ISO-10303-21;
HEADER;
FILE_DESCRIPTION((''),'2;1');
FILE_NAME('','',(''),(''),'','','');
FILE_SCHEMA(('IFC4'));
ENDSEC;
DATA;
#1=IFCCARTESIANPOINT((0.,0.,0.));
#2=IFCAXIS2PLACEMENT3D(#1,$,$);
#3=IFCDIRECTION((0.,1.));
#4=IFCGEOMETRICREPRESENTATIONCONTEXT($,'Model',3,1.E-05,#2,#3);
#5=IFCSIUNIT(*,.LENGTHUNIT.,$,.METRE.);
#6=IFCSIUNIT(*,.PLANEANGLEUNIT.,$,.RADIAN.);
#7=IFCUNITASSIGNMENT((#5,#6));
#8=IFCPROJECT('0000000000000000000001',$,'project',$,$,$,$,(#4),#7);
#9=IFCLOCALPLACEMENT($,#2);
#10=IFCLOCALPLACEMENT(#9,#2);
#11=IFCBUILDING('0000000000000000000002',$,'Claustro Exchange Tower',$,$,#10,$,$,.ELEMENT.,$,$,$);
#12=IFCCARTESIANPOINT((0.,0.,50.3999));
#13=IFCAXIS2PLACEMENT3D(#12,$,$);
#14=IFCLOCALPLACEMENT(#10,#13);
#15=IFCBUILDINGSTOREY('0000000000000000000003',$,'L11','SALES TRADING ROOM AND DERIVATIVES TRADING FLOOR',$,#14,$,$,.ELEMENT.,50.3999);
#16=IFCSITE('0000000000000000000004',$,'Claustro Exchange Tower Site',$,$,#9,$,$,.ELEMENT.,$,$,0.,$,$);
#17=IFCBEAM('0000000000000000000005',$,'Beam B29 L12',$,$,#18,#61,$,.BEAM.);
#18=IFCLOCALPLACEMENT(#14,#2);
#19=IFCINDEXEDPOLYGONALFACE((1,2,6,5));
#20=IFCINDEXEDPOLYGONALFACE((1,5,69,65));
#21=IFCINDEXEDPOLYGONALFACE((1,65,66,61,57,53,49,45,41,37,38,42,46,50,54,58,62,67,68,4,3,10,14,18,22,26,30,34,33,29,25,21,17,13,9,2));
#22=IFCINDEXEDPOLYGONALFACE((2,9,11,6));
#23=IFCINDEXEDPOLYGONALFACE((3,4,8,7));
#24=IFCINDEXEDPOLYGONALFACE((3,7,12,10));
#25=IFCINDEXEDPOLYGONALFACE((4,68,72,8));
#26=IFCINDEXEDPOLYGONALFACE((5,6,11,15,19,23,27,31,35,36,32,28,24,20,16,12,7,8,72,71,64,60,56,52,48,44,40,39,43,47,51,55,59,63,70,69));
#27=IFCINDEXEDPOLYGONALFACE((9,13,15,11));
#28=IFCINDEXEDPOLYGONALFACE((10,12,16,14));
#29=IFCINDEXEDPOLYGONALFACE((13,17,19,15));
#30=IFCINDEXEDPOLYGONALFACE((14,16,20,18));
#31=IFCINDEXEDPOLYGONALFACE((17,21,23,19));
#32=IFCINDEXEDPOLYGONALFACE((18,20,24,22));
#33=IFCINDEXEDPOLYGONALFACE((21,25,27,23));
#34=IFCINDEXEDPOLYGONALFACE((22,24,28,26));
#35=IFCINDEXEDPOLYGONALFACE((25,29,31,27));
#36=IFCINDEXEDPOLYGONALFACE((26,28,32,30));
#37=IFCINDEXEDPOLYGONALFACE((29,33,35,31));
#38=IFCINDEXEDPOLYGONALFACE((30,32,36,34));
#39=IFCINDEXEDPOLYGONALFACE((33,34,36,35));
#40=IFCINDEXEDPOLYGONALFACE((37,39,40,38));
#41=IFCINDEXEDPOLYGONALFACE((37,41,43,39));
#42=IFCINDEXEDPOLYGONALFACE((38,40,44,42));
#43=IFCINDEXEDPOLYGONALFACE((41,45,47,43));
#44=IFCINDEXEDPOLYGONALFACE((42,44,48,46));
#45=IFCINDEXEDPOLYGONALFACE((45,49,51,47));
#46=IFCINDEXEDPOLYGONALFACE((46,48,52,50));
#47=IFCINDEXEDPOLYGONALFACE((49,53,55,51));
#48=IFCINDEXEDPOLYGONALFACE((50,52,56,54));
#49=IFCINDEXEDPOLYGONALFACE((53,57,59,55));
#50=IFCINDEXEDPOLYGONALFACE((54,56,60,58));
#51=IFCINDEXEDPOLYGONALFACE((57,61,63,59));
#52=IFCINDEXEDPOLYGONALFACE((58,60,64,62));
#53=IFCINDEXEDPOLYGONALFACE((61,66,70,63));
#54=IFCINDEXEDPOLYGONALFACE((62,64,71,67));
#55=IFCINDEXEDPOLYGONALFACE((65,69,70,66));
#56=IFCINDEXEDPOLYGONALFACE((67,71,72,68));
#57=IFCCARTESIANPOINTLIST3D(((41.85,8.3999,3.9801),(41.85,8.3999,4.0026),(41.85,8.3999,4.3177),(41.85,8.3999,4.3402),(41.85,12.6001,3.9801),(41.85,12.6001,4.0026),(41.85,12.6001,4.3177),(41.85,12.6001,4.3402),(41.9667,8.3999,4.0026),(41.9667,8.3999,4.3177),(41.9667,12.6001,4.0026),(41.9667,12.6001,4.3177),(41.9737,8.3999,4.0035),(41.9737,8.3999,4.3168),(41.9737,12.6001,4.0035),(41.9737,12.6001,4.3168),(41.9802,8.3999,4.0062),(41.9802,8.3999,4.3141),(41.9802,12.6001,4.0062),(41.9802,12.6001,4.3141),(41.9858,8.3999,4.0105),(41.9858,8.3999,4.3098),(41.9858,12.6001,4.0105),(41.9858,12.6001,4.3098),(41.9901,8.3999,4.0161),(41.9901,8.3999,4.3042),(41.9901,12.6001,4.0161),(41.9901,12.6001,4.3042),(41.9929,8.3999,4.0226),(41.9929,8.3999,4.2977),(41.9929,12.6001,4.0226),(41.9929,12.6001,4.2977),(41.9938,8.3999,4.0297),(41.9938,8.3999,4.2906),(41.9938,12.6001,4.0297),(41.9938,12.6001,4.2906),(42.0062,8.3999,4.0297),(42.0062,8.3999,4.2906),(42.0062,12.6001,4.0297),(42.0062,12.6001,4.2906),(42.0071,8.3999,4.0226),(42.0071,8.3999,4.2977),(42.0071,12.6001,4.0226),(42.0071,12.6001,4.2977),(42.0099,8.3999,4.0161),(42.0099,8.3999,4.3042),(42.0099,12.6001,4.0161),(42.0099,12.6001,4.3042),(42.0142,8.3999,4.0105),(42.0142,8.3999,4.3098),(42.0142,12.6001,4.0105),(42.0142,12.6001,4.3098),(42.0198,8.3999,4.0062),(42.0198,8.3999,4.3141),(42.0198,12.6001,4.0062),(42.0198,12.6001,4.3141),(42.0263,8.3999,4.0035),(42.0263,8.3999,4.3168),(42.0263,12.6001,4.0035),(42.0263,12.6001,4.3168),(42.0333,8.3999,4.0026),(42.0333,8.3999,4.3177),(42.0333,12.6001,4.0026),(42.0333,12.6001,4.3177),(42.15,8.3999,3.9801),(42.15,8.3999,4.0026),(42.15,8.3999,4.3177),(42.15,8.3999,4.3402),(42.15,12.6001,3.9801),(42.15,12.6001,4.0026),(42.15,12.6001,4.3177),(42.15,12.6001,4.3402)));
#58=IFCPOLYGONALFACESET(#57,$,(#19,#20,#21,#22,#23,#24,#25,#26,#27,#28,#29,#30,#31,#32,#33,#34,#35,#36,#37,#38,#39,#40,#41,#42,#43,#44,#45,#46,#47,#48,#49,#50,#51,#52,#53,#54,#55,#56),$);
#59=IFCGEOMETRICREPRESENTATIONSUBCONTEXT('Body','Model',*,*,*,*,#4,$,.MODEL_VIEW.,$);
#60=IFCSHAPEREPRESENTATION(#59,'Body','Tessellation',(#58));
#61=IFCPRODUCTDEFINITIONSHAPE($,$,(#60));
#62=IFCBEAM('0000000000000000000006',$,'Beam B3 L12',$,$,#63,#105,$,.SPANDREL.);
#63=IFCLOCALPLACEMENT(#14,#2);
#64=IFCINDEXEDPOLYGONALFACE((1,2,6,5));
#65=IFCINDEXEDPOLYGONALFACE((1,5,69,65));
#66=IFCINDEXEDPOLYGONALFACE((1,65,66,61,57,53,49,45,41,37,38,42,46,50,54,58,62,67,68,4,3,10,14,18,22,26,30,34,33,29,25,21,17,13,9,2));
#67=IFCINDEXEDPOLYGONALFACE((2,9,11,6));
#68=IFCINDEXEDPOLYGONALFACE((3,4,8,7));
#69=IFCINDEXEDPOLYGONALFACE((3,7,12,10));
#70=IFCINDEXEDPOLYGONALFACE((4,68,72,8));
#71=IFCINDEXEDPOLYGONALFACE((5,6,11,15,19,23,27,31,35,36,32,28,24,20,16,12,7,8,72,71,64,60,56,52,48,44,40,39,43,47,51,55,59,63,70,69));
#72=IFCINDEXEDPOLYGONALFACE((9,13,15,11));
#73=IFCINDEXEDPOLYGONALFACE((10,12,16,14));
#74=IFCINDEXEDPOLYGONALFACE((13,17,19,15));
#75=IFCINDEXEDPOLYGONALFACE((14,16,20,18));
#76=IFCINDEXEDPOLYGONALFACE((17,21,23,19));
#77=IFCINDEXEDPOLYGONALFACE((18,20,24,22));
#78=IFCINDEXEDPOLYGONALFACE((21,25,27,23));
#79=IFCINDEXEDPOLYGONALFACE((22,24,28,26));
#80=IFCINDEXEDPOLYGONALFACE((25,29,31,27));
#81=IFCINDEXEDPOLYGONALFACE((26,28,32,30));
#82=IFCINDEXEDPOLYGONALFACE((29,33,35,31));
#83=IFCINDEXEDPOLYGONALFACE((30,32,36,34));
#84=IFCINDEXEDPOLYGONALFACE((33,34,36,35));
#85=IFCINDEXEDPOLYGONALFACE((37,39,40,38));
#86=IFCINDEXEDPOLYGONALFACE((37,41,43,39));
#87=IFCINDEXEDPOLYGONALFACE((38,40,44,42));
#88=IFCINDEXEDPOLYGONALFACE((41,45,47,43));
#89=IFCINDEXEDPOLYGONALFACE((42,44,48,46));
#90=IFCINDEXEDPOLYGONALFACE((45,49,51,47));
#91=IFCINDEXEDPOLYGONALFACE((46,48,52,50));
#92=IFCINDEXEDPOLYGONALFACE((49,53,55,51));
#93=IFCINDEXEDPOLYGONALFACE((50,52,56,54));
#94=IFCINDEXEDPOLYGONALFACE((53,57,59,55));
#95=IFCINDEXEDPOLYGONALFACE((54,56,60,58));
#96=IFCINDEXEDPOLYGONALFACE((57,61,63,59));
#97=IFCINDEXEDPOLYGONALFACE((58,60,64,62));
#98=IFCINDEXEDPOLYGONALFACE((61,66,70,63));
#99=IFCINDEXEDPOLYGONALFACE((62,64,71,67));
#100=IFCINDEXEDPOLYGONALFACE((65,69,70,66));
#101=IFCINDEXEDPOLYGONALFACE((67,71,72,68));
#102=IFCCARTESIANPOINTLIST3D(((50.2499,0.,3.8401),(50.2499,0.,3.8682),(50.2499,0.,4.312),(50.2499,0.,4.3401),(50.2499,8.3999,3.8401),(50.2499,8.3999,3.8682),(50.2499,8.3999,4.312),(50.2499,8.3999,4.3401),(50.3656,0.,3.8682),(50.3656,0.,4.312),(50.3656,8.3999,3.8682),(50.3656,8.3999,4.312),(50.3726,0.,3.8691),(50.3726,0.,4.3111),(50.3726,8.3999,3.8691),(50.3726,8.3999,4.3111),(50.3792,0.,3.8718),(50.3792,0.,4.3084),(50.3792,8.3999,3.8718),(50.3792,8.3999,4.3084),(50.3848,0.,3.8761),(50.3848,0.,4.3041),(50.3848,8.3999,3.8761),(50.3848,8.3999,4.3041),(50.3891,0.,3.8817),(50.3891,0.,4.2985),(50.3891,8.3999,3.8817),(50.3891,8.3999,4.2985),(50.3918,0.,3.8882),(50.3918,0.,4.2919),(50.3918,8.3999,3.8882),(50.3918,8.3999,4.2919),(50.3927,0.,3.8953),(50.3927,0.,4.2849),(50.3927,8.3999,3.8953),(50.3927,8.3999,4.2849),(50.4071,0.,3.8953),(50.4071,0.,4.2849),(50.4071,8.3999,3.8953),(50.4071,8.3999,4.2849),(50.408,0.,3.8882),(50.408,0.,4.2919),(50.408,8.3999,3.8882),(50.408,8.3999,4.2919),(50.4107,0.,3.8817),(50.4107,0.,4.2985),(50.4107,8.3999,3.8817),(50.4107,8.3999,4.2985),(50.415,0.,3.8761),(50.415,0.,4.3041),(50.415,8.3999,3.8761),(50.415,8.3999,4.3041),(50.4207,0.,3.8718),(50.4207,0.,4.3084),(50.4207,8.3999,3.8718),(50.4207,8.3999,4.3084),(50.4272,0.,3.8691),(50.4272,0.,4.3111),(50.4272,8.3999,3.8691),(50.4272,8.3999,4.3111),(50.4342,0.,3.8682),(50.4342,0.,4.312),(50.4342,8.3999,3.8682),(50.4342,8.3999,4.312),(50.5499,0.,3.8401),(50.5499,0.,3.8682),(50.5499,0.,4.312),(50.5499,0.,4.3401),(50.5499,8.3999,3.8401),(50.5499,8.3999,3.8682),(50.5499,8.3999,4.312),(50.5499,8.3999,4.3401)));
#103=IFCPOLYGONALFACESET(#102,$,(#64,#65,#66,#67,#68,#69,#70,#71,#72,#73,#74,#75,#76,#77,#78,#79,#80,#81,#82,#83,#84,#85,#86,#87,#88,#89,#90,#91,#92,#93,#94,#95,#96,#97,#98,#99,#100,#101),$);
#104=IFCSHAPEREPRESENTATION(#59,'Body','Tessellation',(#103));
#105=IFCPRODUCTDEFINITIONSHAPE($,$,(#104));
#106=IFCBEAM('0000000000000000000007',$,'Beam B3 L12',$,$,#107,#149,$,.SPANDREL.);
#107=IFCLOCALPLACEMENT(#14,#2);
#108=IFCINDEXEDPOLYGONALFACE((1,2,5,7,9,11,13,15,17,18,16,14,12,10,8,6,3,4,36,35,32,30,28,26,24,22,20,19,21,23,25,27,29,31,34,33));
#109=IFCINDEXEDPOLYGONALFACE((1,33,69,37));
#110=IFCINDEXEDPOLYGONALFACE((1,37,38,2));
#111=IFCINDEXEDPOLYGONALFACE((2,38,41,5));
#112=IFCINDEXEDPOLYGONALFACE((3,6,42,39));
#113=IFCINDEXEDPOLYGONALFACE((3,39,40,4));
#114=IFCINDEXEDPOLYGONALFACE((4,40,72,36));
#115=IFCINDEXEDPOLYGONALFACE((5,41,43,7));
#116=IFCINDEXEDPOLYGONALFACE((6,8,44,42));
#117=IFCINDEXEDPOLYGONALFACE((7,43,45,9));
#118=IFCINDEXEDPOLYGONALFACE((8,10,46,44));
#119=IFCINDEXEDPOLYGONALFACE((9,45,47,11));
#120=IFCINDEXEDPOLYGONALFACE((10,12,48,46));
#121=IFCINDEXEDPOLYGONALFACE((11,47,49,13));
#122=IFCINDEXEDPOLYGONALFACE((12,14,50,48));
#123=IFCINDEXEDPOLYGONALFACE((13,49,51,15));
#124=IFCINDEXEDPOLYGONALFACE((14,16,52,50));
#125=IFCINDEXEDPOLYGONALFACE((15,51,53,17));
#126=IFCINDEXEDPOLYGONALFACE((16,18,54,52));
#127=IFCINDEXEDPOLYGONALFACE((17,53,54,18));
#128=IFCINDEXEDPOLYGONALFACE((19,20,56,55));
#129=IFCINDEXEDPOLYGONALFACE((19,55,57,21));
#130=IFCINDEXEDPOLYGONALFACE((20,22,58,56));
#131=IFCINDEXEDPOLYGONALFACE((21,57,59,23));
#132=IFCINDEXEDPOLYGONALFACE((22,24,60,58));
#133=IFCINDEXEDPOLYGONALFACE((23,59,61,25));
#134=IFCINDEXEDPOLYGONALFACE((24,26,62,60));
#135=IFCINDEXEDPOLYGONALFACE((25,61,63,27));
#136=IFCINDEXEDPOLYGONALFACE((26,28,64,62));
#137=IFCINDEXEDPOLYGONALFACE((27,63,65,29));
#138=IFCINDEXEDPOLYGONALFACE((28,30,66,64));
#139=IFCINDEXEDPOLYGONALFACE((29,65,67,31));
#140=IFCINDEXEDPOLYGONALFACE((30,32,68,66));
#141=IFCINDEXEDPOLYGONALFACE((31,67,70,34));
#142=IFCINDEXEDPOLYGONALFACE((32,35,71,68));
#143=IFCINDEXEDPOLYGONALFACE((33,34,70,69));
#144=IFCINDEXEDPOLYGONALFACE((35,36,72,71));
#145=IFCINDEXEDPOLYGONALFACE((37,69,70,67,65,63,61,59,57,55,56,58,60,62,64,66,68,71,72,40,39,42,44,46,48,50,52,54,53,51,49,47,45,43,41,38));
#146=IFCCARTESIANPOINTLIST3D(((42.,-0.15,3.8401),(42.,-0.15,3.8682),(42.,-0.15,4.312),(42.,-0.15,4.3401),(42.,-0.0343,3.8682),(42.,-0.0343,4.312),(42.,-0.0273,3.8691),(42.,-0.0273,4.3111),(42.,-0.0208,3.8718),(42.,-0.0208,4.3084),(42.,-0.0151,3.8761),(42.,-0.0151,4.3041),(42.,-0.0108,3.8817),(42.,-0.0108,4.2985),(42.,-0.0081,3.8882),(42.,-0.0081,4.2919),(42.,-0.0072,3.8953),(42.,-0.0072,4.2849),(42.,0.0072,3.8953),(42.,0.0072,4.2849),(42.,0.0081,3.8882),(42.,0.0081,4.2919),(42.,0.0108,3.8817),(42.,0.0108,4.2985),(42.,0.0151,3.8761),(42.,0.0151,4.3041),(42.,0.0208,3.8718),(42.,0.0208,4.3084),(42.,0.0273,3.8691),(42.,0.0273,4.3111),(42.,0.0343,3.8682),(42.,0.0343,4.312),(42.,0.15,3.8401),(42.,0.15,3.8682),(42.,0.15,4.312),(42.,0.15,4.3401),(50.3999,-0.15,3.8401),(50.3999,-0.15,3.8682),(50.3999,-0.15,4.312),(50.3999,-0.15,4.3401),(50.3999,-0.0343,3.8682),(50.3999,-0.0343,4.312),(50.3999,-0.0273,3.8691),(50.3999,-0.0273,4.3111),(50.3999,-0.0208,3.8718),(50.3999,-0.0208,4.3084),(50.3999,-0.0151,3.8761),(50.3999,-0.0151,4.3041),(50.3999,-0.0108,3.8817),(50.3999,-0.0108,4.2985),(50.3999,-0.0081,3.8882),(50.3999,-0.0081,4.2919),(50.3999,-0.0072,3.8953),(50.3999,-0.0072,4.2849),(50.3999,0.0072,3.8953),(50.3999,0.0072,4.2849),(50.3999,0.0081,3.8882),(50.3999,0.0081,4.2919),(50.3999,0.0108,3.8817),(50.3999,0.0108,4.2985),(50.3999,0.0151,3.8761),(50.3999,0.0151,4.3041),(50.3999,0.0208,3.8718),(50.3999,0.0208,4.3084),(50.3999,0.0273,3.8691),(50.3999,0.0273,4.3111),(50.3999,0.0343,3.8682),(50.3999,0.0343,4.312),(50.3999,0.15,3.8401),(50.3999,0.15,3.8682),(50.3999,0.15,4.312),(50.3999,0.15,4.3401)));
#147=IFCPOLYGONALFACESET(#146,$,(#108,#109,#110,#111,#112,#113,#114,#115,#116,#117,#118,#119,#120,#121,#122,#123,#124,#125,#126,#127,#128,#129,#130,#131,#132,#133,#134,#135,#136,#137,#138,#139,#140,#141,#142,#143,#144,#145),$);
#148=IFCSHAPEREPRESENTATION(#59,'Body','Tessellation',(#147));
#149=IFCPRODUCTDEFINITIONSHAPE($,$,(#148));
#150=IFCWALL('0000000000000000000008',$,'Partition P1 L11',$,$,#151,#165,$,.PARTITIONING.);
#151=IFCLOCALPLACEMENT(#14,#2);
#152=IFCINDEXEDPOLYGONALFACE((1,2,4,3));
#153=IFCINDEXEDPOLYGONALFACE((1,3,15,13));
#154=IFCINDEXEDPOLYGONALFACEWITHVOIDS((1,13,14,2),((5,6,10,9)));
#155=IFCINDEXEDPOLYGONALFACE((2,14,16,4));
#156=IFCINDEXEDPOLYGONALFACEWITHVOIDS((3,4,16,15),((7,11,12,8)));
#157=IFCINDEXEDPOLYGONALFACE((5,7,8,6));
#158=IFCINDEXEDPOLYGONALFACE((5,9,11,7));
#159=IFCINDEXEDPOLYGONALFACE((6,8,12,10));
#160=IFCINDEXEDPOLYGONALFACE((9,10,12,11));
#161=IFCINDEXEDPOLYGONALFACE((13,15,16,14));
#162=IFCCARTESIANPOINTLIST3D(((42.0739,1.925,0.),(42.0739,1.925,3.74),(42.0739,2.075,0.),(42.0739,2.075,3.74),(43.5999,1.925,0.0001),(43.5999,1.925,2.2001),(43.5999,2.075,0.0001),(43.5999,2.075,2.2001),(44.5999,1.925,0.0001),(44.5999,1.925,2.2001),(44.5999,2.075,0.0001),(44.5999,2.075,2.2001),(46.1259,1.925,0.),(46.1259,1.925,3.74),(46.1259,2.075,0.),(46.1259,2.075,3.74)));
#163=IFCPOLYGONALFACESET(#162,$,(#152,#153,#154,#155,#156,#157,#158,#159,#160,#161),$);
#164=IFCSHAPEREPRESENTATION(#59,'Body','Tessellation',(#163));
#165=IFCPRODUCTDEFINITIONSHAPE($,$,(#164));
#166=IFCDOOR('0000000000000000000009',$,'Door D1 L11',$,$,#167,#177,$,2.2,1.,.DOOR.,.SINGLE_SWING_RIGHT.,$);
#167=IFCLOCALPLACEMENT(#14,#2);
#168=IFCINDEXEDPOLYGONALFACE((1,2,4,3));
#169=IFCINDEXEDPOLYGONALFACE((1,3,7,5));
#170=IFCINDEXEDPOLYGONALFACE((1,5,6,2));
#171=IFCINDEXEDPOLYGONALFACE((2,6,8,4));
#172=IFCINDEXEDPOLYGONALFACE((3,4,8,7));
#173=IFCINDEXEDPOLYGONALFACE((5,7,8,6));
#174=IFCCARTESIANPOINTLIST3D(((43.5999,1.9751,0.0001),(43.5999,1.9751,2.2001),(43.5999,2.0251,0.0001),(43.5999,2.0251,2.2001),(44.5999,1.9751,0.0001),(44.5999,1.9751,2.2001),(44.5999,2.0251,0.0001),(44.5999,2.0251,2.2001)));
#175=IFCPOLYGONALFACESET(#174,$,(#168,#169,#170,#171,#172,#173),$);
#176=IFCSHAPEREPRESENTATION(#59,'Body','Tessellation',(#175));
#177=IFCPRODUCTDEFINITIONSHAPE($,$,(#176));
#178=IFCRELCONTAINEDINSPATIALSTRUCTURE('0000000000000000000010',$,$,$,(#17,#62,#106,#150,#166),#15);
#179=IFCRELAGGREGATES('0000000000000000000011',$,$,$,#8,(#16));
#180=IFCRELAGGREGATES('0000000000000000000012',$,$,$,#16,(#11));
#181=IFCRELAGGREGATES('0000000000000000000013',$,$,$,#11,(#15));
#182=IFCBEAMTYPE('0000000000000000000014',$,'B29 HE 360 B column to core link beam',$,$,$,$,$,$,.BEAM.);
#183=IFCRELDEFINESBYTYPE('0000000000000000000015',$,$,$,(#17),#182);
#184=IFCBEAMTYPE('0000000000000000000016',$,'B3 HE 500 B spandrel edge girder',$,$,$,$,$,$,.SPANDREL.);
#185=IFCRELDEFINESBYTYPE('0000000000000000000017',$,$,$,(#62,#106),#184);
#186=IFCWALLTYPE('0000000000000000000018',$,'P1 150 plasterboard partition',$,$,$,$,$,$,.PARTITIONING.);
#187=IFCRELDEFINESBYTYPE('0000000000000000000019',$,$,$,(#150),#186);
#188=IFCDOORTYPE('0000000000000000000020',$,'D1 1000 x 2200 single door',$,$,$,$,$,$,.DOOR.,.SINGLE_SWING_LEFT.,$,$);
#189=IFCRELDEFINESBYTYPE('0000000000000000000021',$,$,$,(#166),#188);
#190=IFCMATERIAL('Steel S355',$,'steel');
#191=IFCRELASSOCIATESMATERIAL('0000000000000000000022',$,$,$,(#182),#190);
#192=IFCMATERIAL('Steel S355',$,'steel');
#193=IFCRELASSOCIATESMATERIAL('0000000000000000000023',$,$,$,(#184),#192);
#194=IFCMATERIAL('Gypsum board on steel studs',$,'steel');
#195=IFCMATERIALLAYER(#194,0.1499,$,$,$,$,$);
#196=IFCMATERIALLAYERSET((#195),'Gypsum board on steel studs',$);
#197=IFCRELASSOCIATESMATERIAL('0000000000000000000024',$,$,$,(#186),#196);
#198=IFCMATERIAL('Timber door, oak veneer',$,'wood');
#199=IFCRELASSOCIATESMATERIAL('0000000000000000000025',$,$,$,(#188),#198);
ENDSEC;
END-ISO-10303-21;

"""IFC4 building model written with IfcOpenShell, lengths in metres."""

from ifc_helpers import new_model, si_unit, direction, frame, frame_2d, origin, origin_2d, place, context, subcontext, project, spatial, rectangle, i_section, extrude, material, layer, layer_set, material_profile, profile_set, type_object, element, fill, save


model = new_model("IFC4")

# Units and contexts
model_context = context("Model", 3, precision=1e-05, world=origin(), true_north=direction((0.0, 1.0)))
body_context = subcontext(model_context, "Body", "Model", "MODEL_VIEW")
ifc_project = project(units=[si_unit("LENGTHUNIT", "METRE"), si_unit("PLANEANGLEUNIT", "RADIAN")], contexts=[model_context])

# Site, building, storey
site_placement = place(None, origin())
site = spatial("IfcSite", under=ifc_project, at=site_placement, Name="Claustro Exchange Tower Site", CompositionType="ELEMENT", RefElevation=0.0)
building_placement = place(site_placement, origin())
building = spatial("IfcBuilding", under=site, at=building_placement, Name="Claustro Exchange Tower", CompositionType="ELEMENT")
storey_placement = place(building_placement, frame((0.0, 0.0, 50.3999)))
storey = spatial("IfcBuildingStorey", under=building, at=storey_placement, Name="L11", Description="SALES TRADING ROOM AND DERIVATIVES TRADING FLOOR", CompositionType="ELEMENT", Elevation=50.3999)

# Beams
ifc_material_1 = material(Name="Steel S355", Category="steel")
ifc_material_profile_1 = material_profile(ifc_material_1, i_section(OverallWidth=0.3, OverallDepth=0.3601, WebThickness=0.0125, FlangeThickness=0.0225, FilletRadius=0.0271, at=origin_2d()), Name="HE 360 B")
ifc_profile_set_1 = profile_set([ifc_material_profile_1], Name="Steel S355")
beam_type_1 = type_object("IfcBeamType", Name="B29 HE 360 B column to core link beam", PredefinedType="BEAM", material=ifc_profile_set_1)
beam_1_placement = place(storey_placement, frame((42.0, 8.3999, 4.1602), z_axis=(0.0, 1.0, 0.0), x_axis=(-1.0, 0.0, 0.0)))
element("IfcBeam", 1, at=beam_1_placement, inside=storey, type_object=beam_type_1, Name="Beam B29 L12", PredefinedType="BEAM", context=body_context, shape_type="SweptSolid", body=[
    extrude(i_section(OverallWidth=0.3, OverallDepth=0.3601, WebThickness=0.0125, FlangeThickness=0.0225, FilletRadius=0.0271, at=origin_2d()), origin(), (0.0, 0.0, 1.0), 4.2002),
])
ifc_material_2 = material(Name="Steel S355", Category="steel")
ifc_material_profile_2 = material_profile(ifc_material_2, i_section(OverallWidth=0.3, OverallDepth=0.5, WebThickness=0.0144, FlangeThickness=0.0281, FilletRadius=0.0271, at=origin_2d()), Name="HE 500 B")
ifc_profile_set_2 = profile_set([ifc_material_profile_2], Name="Steel S355")
beam_type_2 = type_object("IfcBeamType", Name="B3 HE 500 B spandrel edge girder", PredefinedType="SPANDREL", material=ifc_profile_set_2)
for number, where, z_axis, x_axis, name in (
    (2, (50.3999, 0.0, 4.0901), (0.0, 1.0, 0.0), (-1.0, 0.0, 0.0), "Beam B3 L12"),
    (3, (42.0, 0.0, 4.0901), (1.0, 0.0, 0.0), (0.0, 1.0, 0.0), "Beam B3 L12"),
):
    element("IfcBeam", number, at=place(storey_placement, frame(where, z_axis=z_axis, x_axis=x_axis)), inside=storey, type_object=beam_type_2, Name=name, PredefinedType="SPANDREL", context=body_context, shape_type="SweptSolid", body=[
        extrude(i_section(OverallWidth=0.3, OverallDepth=0.5, WebThickness=0.0144, FlangeThickness=0.0281, FilletRadius=0.0271, at=origin_2d()), origin(), (0.0, 0.0, 1.0), 8.3999),
    ])

# Wall, opening, door
ifc_material_3 = material(Name="Gypsum board on steel studs", Category="steel")
ifc_layer_1 = layer(ifc_material_3, 0.1499)
ifc_layer_set_1 = layer_set([ifc_layer_1], Name="Gypsum board on steel studs")
wall_type_1 = type_object("IfcWallType", Name="P1 150 plasterboard partition", PredefinedType="PARTITIONING", material=ifc_layer_set_1)
wall_1_placement = place(storey_placement, frame((42.074, 2.0, 0.0), z_axis=(0.0, 0.0, 1.0), x_axis=(1.0, 0.0, 0.0)))
wall_1 = element("IfcWall", 4, at=wall_1_placement, inside=storey, type_object=wall_type_1, Name="Partition P1 L11", PredefinedType="PARTITIONING", context=body_context, shape_type="SweptSolid", body=[
    extrude(rectangle(XDim=4.052, YDim=0.1499, at=frame_2d((2.0259, 0.0))), origin(), (0.0, 0.0, 1.0), 3.74),
])
opening_1_placement = place(wall_1_placement, frame((1.5259, 0.0, 0.0)))
opening_1 = element("IfcOpeningElement", 5, at=opening_1_placement, cuts=wall_1, PredefinedType="OPENING", context=body_context, shape_type="SweptSolid", body=[
    extrude(rectangle(XDim=1.0, YDim=2.2, at=frame_2d((0.5, 1.1001))), frame((0.0, 0.085, 0.0), z_axis=(0.0, -1.0, 0.0), x_axis=(1.0, 0.0, 0.0)), (0.0, 0.0, 1.0), 0.1699),
])
ifc_material_4 = material(Name="Timber door, oak veneer", Category="wood")
door_type = type_object("IfcDoorType", Name="D1 1000 x 2200 single door", OperationType="SINGLE_SWING_LEFT", PredefinedType="DOOR", material=ifc_material_4)
door_1_placement = place(opening_1_placement, frame((1.0, 0.0, 0.0), z_axis=(0.0, 0.0, 1.0), x_axis=(-1.0, 0.0, 0.0)))
door_1 = element("IfcDoor", 6, at=door_1_placement, inside=storey, type_object=door_type, Name="Door D1 L11", OperationType="SINGLE_SWING_RIGHT", OverallHeight=2.2, OverallWidth=1.0, PredefinedType="DOOR", context=body_context, shape_type="SweptSolid", body=[
    extrude(rectangle(XDim=1.0, YDim=2.2, at=frame_2d((0.5, 1.1001))), frame((0.0, 0.0249, 0.0), z_axis=(0.0, -1.0, 0.0), x_axis=(1.0, 0.0, 0.0)), (0.0, 0.0, 1.0), 0.05),
])
fill(opening_1, door_1)

save(model, "model.ifc")
